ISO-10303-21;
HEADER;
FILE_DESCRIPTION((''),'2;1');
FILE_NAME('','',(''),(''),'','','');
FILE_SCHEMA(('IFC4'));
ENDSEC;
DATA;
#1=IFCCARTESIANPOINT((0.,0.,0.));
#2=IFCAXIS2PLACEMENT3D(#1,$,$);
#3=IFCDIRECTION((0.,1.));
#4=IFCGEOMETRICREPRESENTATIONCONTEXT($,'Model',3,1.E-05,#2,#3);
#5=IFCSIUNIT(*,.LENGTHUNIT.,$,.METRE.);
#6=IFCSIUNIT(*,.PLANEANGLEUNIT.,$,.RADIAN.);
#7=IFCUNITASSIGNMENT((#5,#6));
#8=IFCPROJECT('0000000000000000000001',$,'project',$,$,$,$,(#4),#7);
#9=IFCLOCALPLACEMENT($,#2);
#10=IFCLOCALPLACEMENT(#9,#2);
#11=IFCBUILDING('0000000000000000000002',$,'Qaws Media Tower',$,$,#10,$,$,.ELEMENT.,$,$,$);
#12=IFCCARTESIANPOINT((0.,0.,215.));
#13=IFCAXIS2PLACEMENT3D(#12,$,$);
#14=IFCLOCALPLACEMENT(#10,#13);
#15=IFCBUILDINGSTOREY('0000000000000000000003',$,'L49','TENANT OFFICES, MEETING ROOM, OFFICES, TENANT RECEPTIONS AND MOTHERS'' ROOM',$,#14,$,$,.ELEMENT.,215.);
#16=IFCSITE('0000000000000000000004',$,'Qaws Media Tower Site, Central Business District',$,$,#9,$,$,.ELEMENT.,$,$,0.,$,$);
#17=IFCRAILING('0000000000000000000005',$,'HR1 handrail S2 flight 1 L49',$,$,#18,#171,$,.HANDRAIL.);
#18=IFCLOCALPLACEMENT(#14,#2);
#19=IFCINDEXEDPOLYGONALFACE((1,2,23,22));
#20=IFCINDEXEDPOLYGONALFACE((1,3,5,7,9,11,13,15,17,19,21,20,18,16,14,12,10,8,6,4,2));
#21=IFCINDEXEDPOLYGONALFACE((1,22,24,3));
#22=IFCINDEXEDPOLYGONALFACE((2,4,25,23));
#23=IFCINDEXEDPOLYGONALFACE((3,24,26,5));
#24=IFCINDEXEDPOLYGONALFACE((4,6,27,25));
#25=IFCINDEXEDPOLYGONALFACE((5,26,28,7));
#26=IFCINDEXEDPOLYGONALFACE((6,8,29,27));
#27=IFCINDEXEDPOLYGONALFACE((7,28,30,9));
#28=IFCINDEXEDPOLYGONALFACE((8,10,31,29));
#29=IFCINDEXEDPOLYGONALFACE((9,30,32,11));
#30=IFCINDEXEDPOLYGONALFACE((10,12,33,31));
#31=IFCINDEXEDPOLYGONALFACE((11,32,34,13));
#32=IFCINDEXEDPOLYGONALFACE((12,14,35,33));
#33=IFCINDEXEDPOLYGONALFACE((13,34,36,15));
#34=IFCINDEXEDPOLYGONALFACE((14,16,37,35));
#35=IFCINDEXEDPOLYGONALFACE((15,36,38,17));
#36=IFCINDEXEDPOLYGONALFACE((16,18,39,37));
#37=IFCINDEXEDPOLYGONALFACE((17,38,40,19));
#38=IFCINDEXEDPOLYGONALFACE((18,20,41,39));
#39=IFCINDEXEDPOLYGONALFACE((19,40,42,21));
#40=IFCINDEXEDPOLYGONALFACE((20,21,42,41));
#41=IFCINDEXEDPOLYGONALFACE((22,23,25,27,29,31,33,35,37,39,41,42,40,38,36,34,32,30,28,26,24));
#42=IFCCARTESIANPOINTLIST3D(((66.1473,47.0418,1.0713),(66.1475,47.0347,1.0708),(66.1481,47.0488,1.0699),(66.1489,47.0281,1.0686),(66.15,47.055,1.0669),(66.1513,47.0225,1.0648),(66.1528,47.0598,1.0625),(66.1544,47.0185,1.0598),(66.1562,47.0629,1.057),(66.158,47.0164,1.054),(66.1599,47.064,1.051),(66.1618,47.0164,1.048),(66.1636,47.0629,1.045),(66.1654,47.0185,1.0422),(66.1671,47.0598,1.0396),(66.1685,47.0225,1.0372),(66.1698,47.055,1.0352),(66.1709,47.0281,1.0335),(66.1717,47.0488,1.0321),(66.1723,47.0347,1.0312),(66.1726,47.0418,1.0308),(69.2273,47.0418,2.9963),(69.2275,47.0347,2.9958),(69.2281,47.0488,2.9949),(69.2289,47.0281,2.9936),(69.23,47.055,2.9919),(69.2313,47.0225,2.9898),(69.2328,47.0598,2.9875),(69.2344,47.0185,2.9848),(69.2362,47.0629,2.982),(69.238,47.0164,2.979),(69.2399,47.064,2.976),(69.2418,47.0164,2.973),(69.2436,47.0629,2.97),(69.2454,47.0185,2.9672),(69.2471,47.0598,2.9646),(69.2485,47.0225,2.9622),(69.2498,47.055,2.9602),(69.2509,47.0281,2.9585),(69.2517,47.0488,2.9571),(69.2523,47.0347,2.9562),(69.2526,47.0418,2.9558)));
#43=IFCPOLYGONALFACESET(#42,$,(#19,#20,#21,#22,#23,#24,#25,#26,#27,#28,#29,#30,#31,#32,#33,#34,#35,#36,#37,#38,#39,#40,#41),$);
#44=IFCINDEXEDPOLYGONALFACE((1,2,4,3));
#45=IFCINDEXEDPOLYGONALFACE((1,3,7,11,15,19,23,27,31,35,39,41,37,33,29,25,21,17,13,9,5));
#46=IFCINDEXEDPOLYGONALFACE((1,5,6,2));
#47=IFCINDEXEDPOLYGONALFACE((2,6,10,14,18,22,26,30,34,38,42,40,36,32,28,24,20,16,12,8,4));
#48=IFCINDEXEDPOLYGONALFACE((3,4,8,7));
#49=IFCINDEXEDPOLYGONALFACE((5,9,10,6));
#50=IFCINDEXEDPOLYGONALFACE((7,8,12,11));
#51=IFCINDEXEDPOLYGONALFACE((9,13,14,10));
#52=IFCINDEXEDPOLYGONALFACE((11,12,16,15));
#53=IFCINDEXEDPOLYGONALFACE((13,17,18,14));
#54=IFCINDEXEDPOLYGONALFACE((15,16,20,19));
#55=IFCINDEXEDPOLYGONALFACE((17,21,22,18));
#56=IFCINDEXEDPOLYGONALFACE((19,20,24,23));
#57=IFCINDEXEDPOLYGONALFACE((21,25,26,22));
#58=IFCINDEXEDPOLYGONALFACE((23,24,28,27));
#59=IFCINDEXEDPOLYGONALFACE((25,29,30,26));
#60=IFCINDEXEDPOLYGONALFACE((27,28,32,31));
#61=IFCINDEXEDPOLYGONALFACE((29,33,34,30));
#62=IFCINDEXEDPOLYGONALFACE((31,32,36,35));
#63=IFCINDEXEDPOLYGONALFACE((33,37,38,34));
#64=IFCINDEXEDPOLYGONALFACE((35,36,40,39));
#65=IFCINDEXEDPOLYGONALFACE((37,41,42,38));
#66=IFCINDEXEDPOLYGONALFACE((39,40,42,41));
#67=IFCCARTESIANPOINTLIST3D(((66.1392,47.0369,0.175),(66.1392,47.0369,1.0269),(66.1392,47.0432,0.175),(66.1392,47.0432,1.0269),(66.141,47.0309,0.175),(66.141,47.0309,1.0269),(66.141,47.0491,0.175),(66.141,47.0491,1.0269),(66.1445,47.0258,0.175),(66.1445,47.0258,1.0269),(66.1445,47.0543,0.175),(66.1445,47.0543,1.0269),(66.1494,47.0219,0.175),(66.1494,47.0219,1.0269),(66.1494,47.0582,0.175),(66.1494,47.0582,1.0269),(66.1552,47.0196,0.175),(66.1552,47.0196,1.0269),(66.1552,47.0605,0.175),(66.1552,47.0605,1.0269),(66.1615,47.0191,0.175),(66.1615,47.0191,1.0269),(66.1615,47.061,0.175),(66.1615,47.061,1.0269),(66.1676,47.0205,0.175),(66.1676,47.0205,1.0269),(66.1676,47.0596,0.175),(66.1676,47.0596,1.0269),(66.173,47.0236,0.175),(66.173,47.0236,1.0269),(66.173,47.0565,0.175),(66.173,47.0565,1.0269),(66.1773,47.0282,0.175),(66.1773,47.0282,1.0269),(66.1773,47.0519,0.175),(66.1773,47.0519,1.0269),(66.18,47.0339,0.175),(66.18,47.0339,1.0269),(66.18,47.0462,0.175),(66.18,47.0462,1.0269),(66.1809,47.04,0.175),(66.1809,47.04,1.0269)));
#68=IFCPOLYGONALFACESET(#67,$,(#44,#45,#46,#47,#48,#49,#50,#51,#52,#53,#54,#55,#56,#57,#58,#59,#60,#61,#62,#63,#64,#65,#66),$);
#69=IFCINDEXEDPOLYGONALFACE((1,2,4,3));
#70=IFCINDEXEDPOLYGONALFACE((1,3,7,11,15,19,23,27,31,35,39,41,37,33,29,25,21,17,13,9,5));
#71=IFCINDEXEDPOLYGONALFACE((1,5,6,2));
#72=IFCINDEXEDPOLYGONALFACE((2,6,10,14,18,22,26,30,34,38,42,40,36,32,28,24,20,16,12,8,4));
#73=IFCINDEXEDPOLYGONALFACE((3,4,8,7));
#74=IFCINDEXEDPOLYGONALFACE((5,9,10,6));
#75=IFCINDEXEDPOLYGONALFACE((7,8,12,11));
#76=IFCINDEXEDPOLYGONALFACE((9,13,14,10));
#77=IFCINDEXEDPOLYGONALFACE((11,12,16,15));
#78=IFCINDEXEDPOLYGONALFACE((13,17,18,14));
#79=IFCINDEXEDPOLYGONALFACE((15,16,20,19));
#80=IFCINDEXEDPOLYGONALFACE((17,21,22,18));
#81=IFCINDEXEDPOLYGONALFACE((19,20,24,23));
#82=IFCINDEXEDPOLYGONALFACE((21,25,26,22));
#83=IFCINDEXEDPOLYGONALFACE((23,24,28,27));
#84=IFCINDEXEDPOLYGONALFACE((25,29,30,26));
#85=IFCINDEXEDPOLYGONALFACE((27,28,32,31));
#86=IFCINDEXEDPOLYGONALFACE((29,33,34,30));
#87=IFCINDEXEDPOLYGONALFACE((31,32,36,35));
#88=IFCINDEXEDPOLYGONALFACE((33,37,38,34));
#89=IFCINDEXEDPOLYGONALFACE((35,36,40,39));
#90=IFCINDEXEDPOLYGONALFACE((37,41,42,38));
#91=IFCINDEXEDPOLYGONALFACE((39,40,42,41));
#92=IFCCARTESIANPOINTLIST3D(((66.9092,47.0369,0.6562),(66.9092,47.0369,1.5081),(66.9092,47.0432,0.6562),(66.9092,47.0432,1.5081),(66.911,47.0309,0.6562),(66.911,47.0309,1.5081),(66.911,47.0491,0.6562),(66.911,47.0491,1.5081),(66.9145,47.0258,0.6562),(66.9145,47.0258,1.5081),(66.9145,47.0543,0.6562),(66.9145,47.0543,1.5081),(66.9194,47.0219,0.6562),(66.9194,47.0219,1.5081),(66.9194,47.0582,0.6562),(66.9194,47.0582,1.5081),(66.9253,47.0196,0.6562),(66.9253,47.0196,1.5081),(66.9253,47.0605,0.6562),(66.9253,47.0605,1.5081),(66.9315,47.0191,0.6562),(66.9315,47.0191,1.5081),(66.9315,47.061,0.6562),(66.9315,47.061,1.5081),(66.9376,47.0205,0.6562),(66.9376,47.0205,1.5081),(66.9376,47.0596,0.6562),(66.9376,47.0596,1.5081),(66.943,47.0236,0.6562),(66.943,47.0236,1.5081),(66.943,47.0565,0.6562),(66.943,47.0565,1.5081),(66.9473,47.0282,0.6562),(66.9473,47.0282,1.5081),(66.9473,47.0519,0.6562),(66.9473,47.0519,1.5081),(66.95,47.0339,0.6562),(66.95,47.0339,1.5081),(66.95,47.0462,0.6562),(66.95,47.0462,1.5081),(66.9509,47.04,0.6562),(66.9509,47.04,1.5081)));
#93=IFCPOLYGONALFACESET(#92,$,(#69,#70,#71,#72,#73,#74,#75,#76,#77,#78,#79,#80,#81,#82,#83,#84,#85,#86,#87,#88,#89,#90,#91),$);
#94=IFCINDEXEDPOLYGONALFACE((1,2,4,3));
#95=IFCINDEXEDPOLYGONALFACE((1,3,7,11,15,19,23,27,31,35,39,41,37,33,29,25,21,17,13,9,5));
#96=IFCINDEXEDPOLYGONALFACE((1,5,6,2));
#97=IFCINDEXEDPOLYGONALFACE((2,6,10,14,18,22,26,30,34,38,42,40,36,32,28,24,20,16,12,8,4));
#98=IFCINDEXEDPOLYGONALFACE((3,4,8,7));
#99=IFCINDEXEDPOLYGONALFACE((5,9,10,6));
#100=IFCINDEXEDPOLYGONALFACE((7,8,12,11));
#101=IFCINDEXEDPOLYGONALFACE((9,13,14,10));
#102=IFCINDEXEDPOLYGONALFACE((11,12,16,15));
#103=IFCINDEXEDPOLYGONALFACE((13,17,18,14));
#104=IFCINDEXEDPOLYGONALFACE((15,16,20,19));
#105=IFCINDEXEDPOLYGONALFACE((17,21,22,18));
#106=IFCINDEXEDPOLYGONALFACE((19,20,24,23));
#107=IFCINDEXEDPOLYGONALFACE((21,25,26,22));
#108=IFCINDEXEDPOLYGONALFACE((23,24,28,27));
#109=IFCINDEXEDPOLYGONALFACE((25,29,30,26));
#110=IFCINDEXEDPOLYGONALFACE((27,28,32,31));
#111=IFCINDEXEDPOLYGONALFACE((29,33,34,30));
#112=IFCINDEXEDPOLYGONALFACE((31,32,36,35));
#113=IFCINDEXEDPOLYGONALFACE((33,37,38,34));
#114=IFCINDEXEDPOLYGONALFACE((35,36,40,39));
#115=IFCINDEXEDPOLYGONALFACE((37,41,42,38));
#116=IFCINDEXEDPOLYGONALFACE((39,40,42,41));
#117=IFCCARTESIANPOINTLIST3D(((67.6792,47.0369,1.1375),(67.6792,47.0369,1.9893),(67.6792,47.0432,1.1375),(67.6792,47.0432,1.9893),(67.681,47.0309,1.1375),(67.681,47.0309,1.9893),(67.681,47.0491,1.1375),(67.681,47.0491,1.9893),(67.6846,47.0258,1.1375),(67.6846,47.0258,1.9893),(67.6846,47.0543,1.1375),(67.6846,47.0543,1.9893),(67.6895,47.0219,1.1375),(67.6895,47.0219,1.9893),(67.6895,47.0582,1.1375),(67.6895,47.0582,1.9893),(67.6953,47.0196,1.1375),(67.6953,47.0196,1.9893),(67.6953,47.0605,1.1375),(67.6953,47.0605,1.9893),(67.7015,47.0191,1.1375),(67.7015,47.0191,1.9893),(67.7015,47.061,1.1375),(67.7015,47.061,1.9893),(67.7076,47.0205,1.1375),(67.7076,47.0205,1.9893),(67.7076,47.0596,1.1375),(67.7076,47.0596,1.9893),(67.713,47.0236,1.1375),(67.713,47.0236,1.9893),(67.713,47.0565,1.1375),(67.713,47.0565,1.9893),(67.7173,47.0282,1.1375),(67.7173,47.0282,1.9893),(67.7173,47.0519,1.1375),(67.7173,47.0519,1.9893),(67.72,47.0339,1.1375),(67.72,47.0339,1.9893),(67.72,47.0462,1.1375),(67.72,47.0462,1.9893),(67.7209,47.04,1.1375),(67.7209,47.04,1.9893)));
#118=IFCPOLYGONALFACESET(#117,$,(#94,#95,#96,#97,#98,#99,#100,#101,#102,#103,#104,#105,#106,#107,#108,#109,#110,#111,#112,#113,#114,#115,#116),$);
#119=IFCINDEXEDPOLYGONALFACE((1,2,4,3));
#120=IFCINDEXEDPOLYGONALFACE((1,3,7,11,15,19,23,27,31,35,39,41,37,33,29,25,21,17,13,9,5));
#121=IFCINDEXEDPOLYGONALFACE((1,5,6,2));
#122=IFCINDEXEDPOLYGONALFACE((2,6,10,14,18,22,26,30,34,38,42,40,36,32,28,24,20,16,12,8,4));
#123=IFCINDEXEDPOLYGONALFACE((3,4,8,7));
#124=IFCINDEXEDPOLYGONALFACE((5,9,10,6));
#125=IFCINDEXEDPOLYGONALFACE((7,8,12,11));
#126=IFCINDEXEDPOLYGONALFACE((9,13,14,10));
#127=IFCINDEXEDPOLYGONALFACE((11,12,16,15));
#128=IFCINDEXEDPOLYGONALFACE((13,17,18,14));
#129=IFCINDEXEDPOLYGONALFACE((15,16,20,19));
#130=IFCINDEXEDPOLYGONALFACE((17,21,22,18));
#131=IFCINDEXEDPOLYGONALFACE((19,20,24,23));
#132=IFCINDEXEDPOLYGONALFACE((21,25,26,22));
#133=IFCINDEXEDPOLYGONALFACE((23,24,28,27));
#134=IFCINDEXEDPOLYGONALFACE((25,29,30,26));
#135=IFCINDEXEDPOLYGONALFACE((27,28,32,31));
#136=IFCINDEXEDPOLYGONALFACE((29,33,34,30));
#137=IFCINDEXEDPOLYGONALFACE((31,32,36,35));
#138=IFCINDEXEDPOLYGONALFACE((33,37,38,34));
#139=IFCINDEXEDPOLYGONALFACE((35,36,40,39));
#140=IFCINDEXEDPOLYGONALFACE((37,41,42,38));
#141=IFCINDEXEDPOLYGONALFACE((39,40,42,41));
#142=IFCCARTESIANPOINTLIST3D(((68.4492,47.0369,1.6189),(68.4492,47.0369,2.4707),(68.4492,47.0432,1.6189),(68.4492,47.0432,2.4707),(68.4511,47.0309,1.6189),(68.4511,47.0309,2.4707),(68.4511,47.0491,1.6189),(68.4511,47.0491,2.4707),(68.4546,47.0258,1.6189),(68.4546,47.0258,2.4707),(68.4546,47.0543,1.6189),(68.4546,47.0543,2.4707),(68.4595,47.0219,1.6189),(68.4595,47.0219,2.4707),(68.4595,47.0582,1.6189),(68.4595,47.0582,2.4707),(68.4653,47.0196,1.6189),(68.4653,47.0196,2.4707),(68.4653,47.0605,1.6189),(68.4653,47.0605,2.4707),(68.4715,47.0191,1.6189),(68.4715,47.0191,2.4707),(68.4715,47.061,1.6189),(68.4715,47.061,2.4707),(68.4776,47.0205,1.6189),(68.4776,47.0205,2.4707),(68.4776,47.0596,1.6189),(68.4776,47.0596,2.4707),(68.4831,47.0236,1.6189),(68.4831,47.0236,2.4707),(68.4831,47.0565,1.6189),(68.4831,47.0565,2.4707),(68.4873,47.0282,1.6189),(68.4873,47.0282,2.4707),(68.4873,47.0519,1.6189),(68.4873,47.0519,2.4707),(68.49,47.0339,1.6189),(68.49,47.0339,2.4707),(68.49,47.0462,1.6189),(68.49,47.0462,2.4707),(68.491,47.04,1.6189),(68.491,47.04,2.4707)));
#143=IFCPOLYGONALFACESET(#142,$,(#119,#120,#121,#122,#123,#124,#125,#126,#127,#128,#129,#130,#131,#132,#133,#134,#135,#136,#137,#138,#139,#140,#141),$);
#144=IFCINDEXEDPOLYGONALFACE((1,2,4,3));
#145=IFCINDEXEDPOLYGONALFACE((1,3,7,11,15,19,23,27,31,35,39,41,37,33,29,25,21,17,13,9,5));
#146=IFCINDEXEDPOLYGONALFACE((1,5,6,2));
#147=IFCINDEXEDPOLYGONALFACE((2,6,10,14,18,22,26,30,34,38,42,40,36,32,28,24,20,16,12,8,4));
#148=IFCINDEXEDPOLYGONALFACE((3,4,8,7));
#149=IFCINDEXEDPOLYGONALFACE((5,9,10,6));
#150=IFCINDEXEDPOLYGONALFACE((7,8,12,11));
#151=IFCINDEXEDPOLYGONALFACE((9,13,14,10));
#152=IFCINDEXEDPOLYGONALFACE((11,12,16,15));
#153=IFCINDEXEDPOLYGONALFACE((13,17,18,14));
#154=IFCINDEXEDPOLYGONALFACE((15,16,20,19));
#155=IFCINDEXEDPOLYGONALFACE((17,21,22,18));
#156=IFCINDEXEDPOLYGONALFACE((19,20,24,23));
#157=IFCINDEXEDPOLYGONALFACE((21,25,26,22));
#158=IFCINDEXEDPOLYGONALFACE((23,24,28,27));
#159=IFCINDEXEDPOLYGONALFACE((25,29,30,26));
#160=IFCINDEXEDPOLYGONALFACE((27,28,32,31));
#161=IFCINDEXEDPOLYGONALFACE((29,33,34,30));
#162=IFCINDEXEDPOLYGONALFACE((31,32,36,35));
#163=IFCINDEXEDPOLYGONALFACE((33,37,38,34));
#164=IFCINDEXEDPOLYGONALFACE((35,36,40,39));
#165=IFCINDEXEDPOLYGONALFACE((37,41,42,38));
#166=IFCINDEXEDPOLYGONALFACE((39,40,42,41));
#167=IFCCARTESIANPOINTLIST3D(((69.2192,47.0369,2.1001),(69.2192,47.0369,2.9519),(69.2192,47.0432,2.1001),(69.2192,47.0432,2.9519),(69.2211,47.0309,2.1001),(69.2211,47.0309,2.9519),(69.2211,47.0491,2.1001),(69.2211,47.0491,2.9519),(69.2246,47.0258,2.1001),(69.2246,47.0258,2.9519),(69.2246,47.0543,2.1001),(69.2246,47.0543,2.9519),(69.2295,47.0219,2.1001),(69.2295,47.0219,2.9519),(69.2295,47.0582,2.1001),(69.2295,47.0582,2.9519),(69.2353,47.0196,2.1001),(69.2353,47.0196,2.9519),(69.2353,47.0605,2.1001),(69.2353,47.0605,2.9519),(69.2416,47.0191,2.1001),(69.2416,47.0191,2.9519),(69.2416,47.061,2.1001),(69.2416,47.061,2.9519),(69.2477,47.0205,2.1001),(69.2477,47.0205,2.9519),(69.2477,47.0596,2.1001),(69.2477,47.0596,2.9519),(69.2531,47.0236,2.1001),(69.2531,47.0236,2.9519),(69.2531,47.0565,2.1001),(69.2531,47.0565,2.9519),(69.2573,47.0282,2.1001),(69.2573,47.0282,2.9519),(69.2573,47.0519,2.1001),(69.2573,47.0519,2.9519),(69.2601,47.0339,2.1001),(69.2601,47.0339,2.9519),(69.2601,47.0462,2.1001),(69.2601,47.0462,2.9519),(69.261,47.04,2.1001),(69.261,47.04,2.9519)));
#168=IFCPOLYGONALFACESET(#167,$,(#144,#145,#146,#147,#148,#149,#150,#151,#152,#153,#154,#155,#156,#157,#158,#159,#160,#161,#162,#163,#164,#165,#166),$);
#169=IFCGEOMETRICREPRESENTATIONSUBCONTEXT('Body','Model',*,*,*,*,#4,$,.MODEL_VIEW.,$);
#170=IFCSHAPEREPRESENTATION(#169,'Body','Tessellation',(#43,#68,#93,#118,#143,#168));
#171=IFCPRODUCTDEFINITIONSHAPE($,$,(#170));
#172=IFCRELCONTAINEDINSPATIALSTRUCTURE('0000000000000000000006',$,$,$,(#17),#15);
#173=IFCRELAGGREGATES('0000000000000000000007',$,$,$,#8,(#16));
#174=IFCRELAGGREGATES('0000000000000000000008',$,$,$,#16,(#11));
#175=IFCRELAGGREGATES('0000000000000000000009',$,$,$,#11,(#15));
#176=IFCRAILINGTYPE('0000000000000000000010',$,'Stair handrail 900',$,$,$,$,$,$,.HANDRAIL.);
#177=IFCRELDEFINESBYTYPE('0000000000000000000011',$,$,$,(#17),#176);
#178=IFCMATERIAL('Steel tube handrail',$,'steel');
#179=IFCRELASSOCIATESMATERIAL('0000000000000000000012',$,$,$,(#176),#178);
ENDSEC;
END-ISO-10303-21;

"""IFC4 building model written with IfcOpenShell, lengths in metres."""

from ifc_helpers import new_model, si_unit, direction, frame, origin, origin_2d, place, context, subcontext, project, spatial, circle, extrude, material, type_object, element, save


model = new_model("IFC4")

# Units and contexts
model_context = context("Model", 3, precision=1e-05, world=origin(), true_north=direction((0.0, 1.0)))
body_context = subcontext(model_context, "Body", "Model", "MODEL_VIEW")
ifc_project = project(units=[si_unit("LENGTHUNIT", "METRE"), si_unit("PLANEANGLEUNIT", "RADIAN")], contexts=[model_context])

# Site, building, storey
site_placement = place(None, origin())
site = spatial("IfcSite", under=ifc_project, at=site_placement, Name="Qaws Media Tower Site, Central Business District", CompositionType="ELEMENT", RefElevation=0.0)
building_placement = place(site_placement, origin())
building = spatial("IfcBuilding", under=site, at=building_placement, Name="Qaws Media Tower", CompositionType="ELEMENT")
storey_placement = place(building_placement, frame((0.0, 0.0, 215.0)))
storey = spatial("IfcBuildingStorey", under=building, at=storey_placement, Name="L49", Description="TENANT OFFICES, MEETING ROOM, OFFICES, TENANT RECEPTIONS AND MOTHERS' ROOM", CompositionType="ELEMENT", Elevation=215.0)

# Railing
ifc_material_1 = material(Name="Steel tube handrail", Category="steel")
railing_type = type_object("IfcRailingType", Name="Stair handrail 900", PredefinedType="HANDRAIL", material=ifc_material_1)
railing_placement = place(storey_placement, frame((66.1599, 47.04, 0.175)))
element("IfcRailing", 1, at=railing_placement, inside=storey, type_object=railing_type, Name="HR1 handrail S2 flight 1 L49", PredefinedType="HANDRAIL", context=body_context, shape_type="SweptSolid", body=[
    extrude(circle(Radius=0.0239, at=origin_2d()), frame((0.0, 0.0, 0.876), z_axis=(0.847998, 0.0, 0.529999), x_axis=(0.0, 1.0, 0.0)), (0.0, 0.0, 1.0), 3.6321),
    extrude(circle(Radius=0.021, at=origin_2d()), origin(), (0.0, 0.0, 1.0), 0.8518),
    extrude(circle(Radius=0.021, at=origin_2d()), frame((0.77, 0.0, 0.4812)), (0.0, 0.0, 1.0), 0.8518),
    extrude(circle(Radius=0.021, at=origin_2d()), frame((1.54, 0.0, 0.9624)), (0.0, 0.0, 1.0), 0.8518),
    extrude(circle(Radius=0.021, at=origin_2d()), frame((2.3101, 0.0, 1.4438)), (0.0, 0.0, 1.0), 0.8518),
    extrude(circle(Radius=0.021, at=origin_2d()), frame((3.0801, 0.0, 1.925)), (0.0, 0.0, 1.0), 0.8518),
])

save(model, "model.ifc")
